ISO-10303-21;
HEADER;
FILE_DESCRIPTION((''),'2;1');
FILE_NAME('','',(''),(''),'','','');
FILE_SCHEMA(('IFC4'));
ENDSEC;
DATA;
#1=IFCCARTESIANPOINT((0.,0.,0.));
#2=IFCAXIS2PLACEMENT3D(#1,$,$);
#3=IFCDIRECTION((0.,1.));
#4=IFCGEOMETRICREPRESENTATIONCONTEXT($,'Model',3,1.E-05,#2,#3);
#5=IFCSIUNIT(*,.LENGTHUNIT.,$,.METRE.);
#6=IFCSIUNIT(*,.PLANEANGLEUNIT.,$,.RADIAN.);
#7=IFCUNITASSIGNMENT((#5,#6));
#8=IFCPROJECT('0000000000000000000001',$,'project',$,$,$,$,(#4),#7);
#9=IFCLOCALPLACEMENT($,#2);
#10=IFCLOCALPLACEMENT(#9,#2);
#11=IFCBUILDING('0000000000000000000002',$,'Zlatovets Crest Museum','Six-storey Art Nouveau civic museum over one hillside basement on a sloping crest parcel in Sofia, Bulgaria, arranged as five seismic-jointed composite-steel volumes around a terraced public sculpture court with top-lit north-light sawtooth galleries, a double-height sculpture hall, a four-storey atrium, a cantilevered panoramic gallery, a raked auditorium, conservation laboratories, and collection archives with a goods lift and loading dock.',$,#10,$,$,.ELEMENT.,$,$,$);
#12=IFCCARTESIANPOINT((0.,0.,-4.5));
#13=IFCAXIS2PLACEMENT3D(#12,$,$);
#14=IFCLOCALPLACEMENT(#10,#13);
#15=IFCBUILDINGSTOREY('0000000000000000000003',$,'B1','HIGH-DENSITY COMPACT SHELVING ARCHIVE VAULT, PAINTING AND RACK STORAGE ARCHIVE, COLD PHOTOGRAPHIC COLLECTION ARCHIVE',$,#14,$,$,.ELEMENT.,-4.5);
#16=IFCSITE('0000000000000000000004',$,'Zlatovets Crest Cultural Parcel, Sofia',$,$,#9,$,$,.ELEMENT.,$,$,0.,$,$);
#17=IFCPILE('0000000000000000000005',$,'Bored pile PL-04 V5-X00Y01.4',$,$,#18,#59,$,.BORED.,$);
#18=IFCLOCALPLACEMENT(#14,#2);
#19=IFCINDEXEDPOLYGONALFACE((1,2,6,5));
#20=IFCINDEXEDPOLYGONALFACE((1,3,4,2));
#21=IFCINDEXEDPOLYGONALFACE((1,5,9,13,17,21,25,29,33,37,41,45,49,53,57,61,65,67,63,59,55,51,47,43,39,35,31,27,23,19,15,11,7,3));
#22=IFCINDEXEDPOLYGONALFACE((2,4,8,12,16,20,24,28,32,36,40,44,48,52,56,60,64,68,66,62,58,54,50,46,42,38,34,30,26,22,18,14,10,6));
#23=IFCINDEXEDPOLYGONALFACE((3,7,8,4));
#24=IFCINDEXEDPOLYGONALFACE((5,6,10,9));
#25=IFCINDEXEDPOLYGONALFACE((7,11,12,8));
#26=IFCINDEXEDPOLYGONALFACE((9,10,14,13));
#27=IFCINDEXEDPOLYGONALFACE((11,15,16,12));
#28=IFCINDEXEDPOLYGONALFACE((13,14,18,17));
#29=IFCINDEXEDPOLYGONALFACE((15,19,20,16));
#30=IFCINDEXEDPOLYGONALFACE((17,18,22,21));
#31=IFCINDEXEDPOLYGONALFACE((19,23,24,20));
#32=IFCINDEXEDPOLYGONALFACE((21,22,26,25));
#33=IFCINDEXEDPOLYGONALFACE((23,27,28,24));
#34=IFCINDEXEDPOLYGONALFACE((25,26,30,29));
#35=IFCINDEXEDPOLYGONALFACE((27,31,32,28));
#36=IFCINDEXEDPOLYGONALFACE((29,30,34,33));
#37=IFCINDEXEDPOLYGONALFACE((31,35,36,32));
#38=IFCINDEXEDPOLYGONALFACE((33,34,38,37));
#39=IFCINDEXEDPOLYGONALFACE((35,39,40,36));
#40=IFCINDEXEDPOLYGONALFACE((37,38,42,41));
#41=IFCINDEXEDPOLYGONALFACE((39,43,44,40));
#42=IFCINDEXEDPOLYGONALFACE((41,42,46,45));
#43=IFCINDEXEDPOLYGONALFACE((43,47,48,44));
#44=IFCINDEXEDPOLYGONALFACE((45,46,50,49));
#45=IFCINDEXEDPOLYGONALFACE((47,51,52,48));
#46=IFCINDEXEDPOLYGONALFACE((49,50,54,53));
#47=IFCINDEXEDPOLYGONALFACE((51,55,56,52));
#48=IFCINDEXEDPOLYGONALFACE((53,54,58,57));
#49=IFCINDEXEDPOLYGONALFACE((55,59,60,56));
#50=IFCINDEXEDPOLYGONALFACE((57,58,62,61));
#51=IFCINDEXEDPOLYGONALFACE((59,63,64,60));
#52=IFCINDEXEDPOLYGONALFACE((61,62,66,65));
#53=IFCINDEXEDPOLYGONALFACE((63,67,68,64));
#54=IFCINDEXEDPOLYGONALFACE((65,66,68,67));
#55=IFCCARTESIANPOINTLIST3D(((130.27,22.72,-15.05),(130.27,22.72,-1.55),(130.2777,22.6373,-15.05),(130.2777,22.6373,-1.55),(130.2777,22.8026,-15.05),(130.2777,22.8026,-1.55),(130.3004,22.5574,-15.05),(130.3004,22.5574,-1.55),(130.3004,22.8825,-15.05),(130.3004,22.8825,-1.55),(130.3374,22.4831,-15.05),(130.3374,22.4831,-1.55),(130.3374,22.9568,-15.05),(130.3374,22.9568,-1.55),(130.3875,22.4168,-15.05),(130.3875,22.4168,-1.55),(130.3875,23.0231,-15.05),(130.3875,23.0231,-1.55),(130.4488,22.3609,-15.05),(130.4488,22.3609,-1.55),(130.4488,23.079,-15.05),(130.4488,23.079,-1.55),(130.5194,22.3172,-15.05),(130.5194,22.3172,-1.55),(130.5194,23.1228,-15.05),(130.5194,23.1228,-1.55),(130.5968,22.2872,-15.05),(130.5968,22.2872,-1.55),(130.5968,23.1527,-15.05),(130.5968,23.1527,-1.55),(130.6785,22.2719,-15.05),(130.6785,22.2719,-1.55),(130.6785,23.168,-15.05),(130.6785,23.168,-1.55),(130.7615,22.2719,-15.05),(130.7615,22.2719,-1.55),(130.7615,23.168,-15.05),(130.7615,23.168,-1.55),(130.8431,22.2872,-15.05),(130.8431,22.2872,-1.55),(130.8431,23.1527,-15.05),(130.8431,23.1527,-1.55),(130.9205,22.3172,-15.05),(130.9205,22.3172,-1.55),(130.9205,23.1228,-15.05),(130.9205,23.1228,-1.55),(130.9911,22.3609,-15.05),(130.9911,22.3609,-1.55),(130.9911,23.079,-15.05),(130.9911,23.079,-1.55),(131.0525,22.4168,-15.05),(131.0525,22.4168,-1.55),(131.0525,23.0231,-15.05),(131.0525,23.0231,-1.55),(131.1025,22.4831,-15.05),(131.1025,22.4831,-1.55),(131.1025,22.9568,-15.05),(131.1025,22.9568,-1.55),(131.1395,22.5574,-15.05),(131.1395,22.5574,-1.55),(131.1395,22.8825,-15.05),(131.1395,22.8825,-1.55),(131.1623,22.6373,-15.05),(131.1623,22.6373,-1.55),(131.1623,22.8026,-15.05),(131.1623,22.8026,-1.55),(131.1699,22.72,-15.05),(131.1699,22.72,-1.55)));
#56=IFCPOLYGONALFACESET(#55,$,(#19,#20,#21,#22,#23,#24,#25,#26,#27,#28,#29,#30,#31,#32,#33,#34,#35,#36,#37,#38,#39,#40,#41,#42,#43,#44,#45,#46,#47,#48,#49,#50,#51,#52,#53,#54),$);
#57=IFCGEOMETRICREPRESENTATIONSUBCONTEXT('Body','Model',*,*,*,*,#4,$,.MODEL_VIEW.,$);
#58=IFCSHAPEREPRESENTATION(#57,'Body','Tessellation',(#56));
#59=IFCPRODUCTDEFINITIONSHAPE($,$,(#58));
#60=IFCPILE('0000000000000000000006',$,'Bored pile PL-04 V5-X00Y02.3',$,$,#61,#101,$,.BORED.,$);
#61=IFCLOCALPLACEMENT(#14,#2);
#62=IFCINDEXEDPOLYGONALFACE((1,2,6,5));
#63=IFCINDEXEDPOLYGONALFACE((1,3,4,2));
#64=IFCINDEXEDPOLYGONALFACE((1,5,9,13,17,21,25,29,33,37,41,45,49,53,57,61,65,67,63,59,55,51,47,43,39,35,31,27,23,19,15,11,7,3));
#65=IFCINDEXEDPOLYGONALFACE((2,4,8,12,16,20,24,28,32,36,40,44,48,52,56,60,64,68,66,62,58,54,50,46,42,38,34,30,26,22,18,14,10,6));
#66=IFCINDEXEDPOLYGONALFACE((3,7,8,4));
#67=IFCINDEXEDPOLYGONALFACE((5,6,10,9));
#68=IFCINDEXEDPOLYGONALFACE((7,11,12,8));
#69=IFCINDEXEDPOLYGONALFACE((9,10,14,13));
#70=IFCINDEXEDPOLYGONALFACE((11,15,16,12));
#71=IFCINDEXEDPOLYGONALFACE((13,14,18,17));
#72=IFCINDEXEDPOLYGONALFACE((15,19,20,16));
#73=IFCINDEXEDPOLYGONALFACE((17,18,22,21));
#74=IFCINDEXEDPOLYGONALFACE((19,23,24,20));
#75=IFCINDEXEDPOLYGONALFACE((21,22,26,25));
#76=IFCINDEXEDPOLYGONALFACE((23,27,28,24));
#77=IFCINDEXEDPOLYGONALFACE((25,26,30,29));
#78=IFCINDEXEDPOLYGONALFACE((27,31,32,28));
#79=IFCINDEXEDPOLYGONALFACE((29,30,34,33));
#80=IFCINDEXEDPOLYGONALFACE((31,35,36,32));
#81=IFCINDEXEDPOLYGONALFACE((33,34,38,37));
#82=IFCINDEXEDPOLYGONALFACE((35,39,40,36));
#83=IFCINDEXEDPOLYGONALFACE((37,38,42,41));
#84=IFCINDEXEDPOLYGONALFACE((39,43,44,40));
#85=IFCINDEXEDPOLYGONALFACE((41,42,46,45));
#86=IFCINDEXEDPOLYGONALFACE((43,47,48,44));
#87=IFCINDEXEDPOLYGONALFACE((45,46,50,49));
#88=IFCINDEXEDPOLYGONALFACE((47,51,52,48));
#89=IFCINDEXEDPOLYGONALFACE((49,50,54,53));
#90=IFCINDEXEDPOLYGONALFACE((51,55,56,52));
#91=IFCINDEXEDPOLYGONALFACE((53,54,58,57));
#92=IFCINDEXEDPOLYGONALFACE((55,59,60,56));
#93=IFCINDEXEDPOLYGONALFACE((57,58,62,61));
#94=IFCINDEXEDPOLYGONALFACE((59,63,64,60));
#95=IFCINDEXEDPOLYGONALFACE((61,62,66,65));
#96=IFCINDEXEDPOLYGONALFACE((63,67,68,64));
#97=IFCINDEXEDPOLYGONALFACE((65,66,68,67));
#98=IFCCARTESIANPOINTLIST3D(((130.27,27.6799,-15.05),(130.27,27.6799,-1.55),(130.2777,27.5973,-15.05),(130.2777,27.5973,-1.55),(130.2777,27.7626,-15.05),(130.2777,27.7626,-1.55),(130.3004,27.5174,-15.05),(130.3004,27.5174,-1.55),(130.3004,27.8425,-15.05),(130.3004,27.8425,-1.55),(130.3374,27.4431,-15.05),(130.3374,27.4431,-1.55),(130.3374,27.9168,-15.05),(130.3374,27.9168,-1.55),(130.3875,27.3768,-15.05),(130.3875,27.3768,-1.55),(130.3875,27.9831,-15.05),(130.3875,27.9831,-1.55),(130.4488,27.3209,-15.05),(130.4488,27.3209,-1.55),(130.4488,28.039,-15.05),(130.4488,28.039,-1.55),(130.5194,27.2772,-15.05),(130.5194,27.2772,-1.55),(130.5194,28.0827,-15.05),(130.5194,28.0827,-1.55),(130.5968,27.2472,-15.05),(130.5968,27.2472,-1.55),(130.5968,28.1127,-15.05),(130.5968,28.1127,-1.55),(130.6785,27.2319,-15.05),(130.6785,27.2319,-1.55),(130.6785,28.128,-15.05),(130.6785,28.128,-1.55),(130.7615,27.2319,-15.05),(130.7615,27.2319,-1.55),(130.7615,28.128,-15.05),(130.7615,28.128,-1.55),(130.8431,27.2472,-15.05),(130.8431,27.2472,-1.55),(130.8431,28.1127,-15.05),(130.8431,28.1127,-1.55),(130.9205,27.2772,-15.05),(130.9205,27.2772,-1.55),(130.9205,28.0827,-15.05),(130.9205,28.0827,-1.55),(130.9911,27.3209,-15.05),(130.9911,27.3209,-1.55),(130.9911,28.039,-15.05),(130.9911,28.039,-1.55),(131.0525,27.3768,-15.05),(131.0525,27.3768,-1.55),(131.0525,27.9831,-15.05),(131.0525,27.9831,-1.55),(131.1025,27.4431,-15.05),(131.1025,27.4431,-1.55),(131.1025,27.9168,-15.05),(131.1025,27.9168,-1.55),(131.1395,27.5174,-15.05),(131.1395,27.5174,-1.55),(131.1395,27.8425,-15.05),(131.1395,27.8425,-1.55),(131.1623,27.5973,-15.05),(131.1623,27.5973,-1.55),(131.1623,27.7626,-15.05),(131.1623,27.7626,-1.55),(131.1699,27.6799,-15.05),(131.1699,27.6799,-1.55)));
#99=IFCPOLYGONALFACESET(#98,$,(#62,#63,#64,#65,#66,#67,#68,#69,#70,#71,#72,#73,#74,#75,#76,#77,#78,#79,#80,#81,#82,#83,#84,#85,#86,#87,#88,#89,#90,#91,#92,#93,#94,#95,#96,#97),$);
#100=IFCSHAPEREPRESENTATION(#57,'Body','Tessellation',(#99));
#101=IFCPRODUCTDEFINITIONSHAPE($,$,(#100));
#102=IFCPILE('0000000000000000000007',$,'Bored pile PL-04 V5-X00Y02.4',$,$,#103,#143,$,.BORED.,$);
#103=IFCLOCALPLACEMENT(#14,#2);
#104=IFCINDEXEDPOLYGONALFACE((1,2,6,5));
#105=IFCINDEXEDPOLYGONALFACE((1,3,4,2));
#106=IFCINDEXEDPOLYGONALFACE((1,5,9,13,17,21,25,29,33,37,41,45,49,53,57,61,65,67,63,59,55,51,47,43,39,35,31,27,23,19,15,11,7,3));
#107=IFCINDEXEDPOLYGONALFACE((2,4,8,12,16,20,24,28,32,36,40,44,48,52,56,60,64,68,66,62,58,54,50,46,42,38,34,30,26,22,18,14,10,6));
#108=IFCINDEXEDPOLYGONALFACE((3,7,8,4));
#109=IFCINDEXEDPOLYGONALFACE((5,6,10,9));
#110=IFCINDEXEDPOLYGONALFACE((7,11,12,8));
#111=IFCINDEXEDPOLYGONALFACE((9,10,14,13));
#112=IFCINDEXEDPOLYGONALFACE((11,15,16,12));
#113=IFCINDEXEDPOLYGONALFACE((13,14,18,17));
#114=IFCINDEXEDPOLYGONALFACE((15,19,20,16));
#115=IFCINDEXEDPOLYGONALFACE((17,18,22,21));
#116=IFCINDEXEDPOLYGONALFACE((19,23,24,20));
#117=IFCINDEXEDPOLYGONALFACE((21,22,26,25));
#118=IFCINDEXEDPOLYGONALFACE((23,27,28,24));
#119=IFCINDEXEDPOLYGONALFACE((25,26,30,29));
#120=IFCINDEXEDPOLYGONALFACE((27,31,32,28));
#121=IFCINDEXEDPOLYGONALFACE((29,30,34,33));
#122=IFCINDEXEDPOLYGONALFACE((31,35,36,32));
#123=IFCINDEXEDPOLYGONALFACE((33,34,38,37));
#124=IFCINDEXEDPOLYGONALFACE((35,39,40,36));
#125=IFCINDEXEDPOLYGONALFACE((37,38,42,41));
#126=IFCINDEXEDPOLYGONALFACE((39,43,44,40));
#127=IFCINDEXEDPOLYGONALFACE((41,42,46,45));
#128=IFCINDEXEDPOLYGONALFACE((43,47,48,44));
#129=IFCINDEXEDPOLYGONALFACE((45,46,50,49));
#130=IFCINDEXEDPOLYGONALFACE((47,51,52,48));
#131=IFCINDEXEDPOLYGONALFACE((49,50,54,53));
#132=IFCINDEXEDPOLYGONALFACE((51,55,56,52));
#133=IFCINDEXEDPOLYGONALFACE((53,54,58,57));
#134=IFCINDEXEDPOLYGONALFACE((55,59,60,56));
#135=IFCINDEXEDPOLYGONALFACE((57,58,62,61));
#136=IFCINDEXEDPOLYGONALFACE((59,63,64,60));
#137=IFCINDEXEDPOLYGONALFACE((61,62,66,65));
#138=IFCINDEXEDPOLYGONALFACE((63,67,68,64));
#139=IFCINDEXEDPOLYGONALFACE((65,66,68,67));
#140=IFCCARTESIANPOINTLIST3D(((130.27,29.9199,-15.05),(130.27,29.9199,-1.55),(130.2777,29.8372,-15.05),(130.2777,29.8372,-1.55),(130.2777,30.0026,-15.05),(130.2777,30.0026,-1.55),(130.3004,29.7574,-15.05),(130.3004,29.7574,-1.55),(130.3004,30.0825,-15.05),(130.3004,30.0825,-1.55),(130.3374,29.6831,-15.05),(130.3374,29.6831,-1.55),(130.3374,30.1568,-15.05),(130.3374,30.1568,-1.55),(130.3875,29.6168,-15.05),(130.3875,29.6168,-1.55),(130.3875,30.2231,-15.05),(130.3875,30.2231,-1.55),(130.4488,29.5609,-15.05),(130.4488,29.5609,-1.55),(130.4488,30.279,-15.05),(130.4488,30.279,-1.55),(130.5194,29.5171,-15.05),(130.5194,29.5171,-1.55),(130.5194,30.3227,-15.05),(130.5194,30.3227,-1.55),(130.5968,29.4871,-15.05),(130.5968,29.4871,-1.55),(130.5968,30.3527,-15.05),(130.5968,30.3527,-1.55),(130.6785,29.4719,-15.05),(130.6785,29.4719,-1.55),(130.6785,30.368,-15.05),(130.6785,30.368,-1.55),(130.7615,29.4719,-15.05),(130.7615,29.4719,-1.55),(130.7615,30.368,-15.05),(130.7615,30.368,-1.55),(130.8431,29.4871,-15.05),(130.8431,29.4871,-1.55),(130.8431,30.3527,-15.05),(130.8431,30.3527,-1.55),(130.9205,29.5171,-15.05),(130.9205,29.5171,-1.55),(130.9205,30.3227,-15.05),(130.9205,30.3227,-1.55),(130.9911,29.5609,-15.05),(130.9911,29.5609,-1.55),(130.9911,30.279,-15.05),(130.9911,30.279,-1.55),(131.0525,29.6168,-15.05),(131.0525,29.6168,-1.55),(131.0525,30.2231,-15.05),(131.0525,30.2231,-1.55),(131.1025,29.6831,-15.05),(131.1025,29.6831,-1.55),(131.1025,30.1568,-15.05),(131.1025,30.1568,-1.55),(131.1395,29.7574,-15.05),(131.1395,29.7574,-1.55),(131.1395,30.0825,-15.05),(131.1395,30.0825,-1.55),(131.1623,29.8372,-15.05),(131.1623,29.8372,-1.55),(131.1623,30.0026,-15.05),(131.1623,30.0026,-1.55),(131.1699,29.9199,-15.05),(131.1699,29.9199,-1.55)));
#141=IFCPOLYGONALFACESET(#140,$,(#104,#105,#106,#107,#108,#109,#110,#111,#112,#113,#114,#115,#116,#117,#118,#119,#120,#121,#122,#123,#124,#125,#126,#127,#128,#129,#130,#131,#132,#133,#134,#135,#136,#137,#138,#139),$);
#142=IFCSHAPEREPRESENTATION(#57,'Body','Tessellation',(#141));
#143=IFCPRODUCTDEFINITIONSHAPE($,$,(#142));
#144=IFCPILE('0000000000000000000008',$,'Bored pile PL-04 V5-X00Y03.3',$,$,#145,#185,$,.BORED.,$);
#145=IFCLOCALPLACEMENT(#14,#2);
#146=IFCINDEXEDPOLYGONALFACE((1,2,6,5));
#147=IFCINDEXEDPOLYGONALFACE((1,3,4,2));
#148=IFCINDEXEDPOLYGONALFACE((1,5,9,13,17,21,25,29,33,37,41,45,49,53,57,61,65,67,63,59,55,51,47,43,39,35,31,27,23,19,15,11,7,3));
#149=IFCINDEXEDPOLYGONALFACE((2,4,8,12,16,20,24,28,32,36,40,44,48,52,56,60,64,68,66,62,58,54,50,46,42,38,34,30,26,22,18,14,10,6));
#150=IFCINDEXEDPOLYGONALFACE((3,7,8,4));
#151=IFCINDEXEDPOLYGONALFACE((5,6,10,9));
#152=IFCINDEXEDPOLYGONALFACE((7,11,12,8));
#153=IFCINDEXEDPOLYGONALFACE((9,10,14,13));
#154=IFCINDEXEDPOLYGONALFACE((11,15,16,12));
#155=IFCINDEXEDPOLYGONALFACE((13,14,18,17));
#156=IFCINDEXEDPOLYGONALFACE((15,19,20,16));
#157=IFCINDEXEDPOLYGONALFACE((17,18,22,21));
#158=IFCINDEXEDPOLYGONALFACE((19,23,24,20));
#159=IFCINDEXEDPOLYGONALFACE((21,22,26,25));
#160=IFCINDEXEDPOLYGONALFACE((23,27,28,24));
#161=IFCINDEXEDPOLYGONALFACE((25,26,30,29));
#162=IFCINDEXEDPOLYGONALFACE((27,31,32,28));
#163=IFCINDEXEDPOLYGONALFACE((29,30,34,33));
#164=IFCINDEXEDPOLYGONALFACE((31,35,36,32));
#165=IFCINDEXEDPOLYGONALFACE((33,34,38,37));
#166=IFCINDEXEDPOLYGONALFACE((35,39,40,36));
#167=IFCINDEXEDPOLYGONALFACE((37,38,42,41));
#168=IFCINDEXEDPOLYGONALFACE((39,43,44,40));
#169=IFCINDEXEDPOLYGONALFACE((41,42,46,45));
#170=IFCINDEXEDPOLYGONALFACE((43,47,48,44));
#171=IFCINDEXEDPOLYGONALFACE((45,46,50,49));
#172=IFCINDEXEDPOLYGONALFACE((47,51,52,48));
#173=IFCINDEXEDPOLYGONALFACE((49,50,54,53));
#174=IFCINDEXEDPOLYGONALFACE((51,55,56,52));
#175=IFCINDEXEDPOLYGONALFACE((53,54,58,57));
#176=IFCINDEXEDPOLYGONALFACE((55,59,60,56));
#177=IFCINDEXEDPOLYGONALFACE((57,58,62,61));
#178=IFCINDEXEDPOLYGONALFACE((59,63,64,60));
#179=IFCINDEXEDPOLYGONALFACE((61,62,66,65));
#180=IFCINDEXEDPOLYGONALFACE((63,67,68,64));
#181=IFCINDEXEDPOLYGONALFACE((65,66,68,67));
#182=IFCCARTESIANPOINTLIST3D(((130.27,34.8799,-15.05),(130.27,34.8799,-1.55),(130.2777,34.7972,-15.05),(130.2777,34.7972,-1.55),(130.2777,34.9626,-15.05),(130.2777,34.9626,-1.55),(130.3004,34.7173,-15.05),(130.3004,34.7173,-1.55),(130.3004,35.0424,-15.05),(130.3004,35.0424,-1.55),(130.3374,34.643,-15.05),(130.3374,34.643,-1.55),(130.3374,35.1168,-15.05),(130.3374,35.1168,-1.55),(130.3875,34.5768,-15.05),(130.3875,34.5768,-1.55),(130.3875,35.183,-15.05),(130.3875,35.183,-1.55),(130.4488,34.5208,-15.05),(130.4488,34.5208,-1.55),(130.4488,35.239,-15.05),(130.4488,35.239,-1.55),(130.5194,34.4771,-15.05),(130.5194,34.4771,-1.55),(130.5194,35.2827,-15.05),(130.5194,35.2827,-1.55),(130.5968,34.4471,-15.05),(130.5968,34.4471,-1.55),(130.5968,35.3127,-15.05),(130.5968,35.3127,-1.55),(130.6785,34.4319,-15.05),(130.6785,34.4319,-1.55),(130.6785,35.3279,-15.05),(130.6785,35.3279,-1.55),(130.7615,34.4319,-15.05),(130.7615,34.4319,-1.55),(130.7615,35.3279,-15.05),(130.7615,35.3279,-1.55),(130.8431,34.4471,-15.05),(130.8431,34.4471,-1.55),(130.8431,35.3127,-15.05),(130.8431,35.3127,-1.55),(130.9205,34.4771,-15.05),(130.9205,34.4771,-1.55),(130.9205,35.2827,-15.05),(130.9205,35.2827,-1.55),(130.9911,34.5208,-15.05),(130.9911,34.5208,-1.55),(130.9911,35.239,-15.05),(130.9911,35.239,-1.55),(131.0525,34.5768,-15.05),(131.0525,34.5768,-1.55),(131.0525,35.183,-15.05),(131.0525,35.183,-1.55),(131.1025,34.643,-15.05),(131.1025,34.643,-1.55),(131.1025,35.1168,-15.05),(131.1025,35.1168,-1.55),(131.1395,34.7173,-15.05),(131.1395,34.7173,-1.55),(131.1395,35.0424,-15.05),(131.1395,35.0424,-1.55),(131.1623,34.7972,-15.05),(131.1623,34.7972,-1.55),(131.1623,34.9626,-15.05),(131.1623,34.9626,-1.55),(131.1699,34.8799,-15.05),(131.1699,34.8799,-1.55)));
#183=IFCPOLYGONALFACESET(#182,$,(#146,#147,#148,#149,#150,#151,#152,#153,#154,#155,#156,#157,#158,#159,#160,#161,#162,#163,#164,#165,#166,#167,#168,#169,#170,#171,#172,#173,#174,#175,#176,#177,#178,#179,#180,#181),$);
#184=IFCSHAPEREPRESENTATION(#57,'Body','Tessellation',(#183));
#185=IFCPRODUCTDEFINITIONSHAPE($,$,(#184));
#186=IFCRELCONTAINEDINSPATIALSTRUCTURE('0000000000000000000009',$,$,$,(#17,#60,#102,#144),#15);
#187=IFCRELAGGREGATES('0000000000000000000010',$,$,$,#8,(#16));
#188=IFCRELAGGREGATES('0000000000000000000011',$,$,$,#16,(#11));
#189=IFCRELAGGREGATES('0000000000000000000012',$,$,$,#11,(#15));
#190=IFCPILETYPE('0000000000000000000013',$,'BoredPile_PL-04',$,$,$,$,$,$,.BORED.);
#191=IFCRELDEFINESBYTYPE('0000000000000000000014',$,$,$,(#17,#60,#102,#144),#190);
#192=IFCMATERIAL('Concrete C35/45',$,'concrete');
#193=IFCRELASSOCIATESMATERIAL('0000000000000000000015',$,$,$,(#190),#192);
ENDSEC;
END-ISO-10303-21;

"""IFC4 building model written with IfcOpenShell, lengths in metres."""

from ifc_helpers import new_model, si_unit, direction, frame, origin, origin_2d, place, context, subcontext, project, spatial, circle, extrude, material, material_profile, profile_set, type_object, element, save


model = new_model("IFC4")

# Units and contexts
model_context = context("Model", 3, precision=1e-05, world=origin(), true_north=direction((0.0, 1.0)))
body_context = subcontext(model_context, "Body", "Model", "MODEL_VIEW")
ifc_project = project(units=[si_unit("LENGTHUNIT", "METRE"), si_unit("PLANEANGLEUNIT", "RADIAN")], contexts=[model_context])

# Site, building, storey
site_placement = place(None, origin())
site = spatial("IfcSite", under=ifc_project, at=site_placement, Name="Zlatovets Crest Cultural Parcel, Sofia", CompositionType="ELEMENT", RefElevation=0.0)
building_placement = place(site_placement, origin())
building = spatial("IfcBuilding", under=site, at=building_placement, Name="Zlatovets Crest Museum", Description="Six-storey Art Nouveau civic museum over one hillside basement on a sloping crest parcel in Sofia, Bulgaria, arranged as five seismic-jointed composite-steel volumes around a terraced public sculpture court with top-lit north-light sawtooth galleries, a double-height sculpture hall, a four-storey atrium, a cantilevered panoramic gallery, a raked auditorium, conservation laboratories, and collection archives with a goods lift and loading dock.", CompositionType="ELEMENT")
storey_placement = place(building_placement, frame((0.0, 0.0, -4.5)))
storey = spatial("IfcBuildingStorey", under=building, at=storey_placement, Name="B1", Description="HIGH-DENSITY COMPACT SHELVING ARCHIVE VAULT, PAINTING AND RACK STORAGE ARCHIVE, COLD PHOTOGRAPHIC COLLECTION ARCHIVE", CompositionType="ELEMENT", Elevation=-4.5)

# Piles
ifc_material = material(Name="Concrete C35/45", Category="concrete")
ifc_material_profile_1 = material_profile(ifc_material, circle(Radius=0.45, at=origin_2d()), Name="PILE D900")
ifc_profile_set_1 = profile_set([ifc_material_profile_1], Name="Concrete C35/45")
pile_type = type_object("IfcPileType", Name="BoredPile_PL-04", PredefinedType="BORED", material=ifc_profile_set_1)
for number, where, z_axis, x_axis, name in (
    (1, (130.72, 22.72, -1.55), (0.0, 0.0, -1.0), (1.0, 0.0, 0.0), "Bored pile PL-04 V5-X00Y01.4"),
    (2, (130.72, 27.6799, -1.55), (0.0, 0.0, -1.0), (1.0, 0.0, 0.0), "Bored pile PL-04 V5-X00Y02.3"),
    (3, (130.72, 29.9199, -1.55), (0.0, 0.0, -1.0), (1.0, 0.0, 0.0), "Bored pile PL-04 V5-X00Y02.4"),
    (4, (130.72, 34.8799, -1.55), (0.0, 0.0, -1.0), (1.0, 0.0, 0.0), "Bored pile PL-04 V5-X00Y03.3"),
):
    element("IfcPile", number, at=place(storey_placement, frame(where, z_axis=z_axis, x_axis=x_axis)), inside=storey, type_object=pile_type, Name=name, PredefinedType="BORED", context=body_context, shape_type="SweptSolid", body=[
        extrude(circle(Radius=0.45, at=origin_2d()), origin(), (0.0, 0.0, 1.0), 13.5),
    ])

save(model, "model.ifc")
